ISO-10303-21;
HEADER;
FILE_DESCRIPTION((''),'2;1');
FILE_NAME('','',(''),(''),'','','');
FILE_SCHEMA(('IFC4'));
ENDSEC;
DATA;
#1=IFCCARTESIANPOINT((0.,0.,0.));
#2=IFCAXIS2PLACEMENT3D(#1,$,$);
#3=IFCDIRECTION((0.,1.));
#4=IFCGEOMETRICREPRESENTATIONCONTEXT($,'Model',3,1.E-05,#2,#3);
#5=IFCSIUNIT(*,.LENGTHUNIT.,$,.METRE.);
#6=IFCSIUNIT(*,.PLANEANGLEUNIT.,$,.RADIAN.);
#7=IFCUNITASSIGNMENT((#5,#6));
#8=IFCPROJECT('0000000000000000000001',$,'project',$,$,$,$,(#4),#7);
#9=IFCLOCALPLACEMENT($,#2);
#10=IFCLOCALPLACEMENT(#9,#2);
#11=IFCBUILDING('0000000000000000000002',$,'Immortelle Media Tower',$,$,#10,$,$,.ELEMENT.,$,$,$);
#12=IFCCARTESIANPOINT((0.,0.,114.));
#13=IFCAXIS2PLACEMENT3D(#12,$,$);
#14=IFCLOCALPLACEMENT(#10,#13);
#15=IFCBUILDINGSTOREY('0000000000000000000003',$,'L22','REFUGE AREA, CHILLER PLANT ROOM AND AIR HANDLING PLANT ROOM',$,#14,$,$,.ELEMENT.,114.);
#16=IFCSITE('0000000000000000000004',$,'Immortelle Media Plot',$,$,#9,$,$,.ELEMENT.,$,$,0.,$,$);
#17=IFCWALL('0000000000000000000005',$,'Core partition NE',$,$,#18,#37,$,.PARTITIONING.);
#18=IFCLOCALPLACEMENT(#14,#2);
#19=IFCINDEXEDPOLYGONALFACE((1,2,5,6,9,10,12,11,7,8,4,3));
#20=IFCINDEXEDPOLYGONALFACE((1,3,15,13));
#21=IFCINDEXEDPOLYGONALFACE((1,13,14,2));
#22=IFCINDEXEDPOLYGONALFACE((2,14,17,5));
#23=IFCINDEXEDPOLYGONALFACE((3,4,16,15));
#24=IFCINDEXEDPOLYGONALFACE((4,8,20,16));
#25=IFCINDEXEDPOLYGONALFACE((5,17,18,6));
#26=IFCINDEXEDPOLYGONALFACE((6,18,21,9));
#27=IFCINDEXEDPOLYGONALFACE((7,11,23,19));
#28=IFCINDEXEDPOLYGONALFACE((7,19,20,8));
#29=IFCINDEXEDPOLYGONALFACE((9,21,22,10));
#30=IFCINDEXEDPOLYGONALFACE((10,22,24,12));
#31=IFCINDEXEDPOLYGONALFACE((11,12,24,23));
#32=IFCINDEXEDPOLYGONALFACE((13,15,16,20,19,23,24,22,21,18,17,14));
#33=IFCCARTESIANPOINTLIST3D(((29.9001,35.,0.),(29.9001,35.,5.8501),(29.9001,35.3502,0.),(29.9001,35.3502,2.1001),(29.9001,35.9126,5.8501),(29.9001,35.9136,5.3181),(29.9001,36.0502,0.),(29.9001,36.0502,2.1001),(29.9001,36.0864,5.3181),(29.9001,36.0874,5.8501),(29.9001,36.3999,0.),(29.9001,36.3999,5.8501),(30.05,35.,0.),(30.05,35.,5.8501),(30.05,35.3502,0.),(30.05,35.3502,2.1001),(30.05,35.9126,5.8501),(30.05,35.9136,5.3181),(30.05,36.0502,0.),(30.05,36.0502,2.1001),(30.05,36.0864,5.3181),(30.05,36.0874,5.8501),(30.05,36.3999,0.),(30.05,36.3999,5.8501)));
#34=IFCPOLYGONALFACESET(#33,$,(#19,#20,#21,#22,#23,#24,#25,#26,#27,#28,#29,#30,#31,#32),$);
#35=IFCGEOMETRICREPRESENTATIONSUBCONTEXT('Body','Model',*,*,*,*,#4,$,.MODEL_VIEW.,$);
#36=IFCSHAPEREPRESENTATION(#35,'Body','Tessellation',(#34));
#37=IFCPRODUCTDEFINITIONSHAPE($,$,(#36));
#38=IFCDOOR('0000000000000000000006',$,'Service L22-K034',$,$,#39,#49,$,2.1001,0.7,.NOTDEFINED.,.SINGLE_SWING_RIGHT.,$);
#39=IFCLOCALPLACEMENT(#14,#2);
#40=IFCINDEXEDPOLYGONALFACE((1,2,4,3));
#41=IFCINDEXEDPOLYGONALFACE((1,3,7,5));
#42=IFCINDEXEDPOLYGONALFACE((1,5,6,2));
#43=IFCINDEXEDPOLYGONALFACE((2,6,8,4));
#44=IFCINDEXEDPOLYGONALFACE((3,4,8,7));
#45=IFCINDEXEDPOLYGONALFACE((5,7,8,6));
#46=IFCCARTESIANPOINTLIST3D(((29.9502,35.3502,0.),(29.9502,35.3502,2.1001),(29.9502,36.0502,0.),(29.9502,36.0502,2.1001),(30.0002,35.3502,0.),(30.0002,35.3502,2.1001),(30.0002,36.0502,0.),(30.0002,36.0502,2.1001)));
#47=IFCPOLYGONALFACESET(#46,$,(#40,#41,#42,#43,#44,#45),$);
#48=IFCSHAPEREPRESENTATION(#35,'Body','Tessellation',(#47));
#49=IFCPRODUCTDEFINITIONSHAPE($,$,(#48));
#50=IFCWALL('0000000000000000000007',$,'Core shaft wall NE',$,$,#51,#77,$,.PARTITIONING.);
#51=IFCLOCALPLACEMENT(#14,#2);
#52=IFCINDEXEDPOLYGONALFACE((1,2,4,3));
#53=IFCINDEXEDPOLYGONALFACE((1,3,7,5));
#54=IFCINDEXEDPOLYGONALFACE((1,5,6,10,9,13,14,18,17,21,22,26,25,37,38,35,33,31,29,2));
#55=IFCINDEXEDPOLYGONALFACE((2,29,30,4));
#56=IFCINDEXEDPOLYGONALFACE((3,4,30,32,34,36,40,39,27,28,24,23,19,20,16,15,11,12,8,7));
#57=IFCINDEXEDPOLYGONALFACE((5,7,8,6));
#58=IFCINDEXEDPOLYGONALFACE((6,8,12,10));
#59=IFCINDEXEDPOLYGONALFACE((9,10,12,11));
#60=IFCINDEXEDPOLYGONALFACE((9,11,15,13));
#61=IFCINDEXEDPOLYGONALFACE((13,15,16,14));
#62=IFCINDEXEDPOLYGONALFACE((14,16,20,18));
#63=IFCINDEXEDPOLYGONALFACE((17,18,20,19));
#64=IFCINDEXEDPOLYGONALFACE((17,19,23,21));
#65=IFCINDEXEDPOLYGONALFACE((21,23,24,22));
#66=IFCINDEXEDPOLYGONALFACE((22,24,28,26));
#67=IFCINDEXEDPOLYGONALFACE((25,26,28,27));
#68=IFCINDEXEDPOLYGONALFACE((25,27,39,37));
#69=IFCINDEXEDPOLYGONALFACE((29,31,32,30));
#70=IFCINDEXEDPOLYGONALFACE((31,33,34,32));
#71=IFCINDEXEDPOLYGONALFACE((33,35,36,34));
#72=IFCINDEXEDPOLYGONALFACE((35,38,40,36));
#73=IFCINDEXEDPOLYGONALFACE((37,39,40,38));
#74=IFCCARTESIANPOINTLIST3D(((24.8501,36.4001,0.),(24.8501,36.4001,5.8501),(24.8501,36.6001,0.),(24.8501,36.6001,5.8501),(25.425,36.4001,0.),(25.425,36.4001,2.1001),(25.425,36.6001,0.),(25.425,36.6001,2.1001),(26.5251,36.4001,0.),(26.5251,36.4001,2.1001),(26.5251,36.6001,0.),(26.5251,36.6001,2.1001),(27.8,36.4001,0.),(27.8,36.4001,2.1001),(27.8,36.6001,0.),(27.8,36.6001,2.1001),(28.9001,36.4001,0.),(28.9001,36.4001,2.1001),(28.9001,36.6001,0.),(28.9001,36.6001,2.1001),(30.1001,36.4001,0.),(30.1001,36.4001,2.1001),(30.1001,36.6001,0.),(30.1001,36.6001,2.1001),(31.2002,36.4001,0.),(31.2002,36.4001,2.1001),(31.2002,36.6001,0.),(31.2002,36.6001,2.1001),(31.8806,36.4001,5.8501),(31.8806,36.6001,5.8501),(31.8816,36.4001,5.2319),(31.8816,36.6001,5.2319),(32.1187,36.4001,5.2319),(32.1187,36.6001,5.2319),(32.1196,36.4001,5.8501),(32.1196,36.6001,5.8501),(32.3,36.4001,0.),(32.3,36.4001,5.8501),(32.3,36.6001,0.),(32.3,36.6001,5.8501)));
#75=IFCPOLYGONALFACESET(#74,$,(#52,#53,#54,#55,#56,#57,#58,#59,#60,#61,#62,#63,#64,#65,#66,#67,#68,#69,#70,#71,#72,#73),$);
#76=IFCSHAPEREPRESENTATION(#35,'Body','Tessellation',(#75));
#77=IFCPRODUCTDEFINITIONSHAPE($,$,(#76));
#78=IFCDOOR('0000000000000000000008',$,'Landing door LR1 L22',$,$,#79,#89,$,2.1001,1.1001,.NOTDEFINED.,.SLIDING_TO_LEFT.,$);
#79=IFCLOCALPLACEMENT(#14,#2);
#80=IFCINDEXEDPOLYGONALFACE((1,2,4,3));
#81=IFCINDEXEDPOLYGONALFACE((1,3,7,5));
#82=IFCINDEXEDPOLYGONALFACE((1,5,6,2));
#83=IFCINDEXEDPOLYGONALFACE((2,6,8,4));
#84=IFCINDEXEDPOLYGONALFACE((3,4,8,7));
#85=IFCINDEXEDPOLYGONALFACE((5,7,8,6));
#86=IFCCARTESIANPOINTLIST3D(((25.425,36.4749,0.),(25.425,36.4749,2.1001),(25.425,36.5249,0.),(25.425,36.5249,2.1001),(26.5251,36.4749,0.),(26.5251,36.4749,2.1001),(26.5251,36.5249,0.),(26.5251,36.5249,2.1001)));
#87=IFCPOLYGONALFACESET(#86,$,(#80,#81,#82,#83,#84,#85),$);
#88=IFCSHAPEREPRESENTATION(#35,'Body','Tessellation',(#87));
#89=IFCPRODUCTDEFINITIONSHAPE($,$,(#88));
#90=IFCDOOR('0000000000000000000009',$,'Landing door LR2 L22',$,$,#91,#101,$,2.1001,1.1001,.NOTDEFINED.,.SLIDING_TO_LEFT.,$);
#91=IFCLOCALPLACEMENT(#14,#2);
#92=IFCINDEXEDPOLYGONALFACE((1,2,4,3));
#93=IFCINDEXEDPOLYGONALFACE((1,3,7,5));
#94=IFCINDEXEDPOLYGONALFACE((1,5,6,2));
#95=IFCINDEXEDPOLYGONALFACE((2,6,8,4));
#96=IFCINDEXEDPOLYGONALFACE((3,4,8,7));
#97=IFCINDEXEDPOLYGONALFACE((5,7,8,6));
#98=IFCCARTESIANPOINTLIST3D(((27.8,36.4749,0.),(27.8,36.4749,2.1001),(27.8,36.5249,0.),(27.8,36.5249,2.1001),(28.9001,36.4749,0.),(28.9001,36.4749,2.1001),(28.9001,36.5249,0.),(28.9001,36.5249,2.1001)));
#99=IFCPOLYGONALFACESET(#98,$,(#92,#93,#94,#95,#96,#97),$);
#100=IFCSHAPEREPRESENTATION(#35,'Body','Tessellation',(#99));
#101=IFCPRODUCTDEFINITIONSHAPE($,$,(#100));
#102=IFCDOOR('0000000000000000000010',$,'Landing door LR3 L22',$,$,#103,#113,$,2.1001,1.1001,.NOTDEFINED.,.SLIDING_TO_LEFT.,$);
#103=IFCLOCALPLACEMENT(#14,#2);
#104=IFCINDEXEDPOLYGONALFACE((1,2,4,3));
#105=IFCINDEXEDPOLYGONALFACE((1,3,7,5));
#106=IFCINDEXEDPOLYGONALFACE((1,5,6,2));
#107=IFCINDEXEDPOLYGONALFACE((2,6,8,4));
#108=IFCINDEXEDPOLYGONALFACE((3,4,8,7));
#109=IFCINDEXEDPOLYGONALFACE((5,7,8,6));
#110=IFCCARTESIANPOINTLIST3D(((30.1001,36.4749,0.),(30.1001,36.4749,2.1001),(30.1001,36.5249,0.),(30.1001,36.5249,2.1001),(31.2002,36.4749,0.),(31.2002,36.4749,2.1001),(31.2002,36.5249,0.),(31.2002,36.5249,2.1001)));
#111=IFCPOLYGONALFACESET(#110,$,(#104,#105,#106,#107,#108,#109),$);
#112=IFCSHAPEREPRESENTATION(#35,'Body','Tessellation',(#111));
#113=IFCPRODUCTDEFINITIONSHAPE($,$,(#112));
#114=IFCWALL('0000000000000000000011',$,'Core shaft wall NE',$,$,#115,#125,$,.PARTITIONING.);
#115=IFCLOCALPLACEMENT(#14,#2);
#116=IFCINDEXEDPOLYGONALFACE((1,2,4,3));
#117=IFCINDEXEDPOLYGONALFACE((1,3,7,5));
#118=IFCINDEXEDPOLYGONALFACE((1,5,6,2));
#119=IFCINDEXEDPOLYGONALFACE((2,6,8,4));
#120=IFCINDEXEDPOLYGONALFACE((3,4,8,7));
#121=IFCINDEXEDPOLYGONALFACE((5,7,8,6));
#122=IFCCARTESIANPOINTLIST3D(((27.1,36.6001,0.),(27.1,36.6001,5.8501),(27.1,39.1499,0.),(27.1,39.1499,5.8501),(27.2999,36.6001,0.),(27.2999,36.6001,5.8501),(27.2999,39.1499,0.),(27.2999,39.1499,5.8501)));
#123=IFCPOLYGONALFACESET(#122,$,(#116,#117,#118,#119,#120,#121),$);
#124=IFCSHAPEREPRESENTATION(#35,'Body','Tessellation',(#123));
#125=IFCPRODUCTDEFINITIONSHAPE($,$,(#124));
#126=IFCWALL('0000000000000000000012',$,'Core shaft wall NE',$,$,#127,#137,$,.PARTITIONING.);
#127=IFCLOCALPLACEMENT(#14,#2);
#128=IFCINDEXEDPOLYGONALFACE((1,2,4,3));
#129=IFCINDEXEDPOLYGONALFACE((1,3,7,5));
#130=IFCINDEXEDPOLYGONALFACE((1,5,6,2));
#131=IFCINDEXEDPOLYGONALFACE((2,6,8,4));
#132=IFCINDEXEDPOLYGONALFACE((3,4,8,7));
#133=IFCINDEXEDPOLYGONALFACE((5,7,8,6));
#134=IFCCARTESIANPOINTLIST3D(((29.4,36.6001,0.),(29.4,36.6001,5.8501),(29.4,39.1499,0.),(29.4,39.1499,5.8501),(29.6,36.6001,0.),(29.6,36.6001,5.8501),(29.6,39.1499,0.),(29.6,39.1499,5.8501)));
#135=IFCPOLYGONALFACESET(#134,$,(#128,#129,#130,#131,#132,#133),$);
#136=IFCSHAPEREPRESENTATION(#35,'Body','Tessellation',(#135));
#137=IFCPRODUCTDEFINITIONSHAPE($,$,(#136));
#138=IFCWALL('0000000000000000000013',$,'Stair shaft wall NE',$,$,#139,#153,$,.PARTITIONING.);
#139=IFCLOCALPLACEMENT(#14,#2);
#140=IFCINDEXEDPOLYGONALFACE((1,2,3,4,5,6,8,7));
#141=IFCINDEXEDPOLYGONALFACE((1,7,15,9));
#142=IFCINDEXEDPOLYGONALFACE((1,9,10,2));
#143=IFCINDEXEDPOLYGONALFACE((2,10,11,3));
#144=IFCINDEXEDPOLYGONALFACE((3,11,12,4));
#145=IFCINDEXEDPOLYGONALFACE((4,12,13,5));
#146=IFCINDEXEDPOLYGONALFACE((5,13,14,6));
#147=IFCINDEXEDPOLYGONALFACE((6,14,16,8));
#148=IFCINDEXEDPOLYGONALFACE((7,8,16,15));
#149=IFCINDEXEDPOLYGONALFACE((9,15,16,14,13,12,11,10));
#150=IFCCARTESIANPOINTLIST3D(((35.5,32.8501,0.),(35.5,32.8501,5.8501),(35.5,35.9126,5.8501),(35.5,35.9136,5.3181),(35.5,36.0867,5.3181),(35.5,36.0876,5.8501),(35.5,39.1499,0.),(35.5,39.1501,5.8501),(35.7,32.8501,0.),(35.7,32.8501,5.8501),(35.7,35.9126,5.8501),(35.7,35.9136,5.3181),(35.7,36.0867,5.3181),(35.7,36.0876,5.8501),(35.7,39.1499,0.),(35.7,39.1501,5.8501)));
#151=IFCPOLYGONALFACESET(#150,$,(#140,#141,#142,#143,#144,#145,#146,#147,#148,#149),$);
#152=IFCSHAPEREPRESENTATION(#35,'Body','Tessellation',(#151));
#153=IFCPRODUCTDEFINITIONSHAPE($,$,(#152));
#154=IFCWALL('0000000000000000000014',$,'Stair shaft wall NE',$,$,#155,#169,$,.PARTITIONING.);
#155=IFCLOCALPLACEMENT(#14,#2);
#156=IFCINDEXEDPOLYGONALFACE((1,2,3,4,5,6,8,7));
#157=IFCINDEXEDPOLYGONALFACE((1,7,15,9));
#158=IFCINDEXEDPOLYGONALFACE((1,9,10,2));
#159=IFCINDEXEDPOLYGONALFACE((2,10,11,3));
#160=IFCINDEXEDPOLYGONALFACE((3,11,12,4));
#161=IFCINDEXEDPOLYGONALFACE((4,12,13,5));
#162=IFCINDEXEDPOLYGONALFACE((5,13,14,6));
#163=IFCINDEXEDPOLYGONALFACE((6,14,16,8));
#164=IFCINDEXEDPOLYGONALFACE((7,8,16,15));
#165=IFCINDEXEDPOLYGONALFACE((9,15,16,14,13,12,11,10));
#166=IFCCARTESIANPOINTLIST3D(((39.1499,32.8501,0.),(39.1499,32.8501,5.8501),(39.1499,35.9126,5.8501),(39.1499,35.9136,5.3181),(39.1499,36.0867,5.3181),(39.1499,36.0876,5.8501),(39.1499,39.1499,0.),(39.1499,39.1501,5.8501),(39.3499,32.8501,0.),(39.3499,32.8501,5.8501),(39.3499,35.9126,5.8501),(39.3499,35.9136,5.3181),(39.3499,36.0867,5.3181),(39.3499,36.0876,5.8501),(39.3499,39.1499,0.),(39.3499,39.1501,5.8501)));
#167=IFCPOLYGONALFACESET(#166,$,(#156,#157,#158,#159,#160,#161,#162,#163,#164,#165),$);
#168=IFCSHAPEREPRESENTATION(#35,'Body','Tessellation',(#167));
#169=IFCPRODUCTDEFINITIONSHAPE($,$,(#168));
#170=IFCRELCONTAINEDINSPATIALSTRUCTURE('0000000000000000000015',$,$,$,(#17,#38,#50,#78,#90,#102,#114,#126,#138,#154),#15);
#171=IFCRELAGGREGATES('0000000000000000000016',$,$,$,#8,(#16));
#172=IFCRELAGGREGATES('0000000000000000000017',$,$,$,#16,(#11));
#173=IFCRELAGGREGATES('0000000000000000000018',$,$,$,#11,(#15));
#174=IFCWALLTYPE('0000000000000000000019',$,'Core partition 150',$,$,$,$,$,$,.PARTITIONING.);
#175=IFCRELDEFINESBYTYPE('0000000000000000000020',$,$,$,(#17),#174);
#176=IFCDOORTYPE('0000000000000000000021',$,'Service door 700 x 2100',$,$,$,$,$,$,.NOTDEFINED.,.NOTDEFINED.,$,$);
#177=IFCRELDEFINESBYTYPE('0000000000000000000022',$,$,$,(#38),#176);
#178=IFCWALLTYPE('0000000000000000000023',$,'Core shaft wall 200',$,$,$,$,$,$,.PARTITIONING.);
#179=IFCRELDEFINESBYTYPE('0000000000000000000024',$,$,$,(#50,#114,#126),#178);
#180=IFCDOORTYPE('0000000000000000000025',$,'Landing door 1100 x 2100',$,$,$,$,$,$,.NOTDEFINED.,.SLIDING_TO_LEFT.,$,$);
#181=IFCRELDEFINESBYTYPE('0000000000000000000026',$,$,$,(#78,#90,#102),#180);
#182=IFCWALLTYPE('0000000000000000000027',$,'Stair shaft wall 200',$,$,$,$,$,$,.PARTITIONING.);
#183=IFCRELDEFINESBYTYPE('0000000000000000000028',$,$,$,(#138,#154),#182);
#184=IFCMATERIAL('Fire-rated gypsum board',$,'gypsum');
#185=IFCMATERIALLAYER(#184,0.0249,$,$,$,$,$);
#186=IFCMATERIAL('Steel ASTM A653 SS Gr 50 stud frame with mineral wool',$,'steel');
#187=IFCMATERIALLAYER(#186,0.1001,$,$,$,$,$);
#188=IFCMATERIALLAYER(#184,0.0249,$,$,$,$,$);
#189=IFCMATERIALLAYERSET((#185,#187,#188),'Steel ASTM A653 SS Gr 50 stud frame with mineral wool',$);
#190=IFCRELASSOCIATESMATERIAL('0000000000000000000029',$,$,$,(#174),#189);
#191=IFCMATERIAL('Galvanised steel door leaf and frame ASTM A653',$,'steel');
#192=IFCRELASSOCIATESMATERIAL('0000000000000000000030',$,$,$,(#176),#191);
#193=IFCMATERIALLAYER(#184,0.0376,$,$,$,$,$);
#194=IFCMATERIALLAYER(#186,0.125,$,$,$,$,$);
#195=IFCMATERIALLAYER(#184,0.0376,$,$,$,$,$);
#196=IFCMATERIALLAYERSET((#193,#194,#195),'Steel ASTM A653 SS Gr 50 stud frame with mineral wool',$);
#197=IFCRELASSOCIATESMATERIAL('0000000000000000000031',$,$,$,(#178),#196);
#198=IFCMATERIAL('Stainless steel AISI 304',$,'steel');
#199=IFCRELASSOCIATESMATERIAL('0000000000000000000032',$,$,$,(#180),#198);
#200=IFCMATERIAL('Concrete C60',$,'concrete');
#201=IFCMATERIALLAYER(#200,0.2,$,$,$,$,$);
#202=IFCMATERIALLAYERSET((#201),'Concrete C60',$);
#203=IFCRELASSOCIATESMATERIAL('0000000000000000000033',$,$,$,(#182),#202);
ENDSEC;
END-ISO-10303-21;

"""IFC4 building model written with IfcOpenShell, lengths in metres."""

from ifc_helpers import new_model, si_unit, direction, frame, frame_2d, origin, place, context, subcontext, project, spatial, polyline, rectangle, outline, extrude, material, layer, layer_set, type_object, element, fill, save


model = new_model("IFC4")

# Units and contexts
model_context = context("Model", 3, precision=1e-05, world=origin(), true_north=direction((0.0, 1.0)))
body_context = subcontext(model_context, "Body", "Model", "MODEL_VIEW")
ifc_project = project(units=[si_unit("LENGTHUNIT", "METRE"), si_unit("PLANEANGLEUNIT", "RADIAN")], contexts=[model_context])

# Site, building, storey
site_placement = place(None, origin())
site = spatial("IfcSite", under=ifc_project, at=site_placement, Name="Immortelle Media Plot", CompositionType="ELEMENT", RefElevation=0.0)
building_placement = place(site_placement, origin())
building = spatial("IfcBuilding", under=site, at=building_placement, Name="Immortelle Media Tower", CompositionType="ELEMENT")
storey_placement = place(building_placement, frame((0.0, 0.0, 114.0)))
storey = spatial("IfcBuildingStorey", under=building, at=storey_placement, Name="L22", Description="REFUGE AREA, CHILLER PLANT ROOM AND AIR HANDLING PLANT ROOM", CompositionType="ELEMENT", Elevation=114.0)

# Shared definitions
ifc_material_1 = material(Name="Fire-rated gypsum board", Category="gypsum")
ifc_layer_1 = layer(ifc_material_1, 0.0249)
ifc_material_2 = material(Name="Steel ASTM A653 SS Gr 50 stud frame with mineral wool", Category="steel")
ifc_layer_2 = layer(ifc_material_2, 0.1001)
ifc_layer_3 = layer(ifc_material_1, 0.0249)
ifc_layer_set_1 = layer_set([ifc_layer_1, ifc_layer_2, ifc_layer_3], Name="Steel ASTM A653 SS Gr 50 stud frame with mineral wool")
wall_type_1 = type_object("IfcWallType", Name="Core partition 150", PredefinedType="PARTITIONING", material=ifc_layer_set_1)

# Shared definitions
ifc_material_3 = material(Name="Galvanised steel door leaf and frame ASTM A653", Category="steel")

# Wall, opening, door
wall_1_placement = place(storey_placement, frame((29.9751, 35.0, 0.0), z_axis=(0.0, 0.0, 1.0), x_axis=(0.0, 1.0, 0.0)))
wall_1 = element("IfcWall", 1, at=wall_1_placement, inside=storey, type_object=wall_type_1, Name="Core partition NE", PredefinedType="PARTITIONING", context=body_context, shape_type="SweptSolid", body=[
    extrude(outline(polyline([(0.0, 0.0), (1.3999, 0.0), (1.3999, 5.8501), (1.0874, 5.8501), (1.0864, 5.3181), (0.9136, 5.3181), (0.9126, 5.8501), (0.0, 5.8501), (0.0, 0.0)])), frame((0.0, 0.075, 0.0), z_axis=(0.0, -1.0, 0.0), x_axis=(1.0, 0.0, 0.0)), (0.0, 0.0, 1.0), 0.1499),
])
opening_1_placement = place(wall_1_placement, frame((0.3501, 0.0, 0.0)))
opening_1 = element("IfcOpeningElement", 2, at=opening_1_placement, cuts=wall_1, PredefinedType="OPENING", context=body_context, shape_type="SweptSolid", body=[
    extrude(rectangle(XDim=0.7, YDim=2.1001, at=frame_2d((0.3501, 1.05))), frame((0.0, 0.085, 0.0), z_axis=(0.0, -1.0, 0.0), x_axis=(1.0, 0.0, 0.0)), (0.0, 0.0, 1.0), 0.1699),
])
door_type_1 = type_object("IfcDoorType", Name="Service door 700 x 2100", OperationType="NOTDEFINED", PredefinedType="NOTDEFINED", material=ifc_material_3)
door_1_placement = place(opening_1_placement, origin())
door_1 = element("IfcDoor", 3, at=door_1_placement, inside=storey, type_object=door_type_1, Name="Service L22-K034", OperationType="SINGLE_SWING_RIGHT", OverallHeight=2.1001, OverallWidth=0.7, PredefinedType="NOTDEFINED", context=body_context, shape_type="SweptSolid", body=[
    extrude(rectangle(XDim=0.7, YDim=2.1001, at=frame_2d((0.3501, 1.05))), frame((0.0, 0.0249, 0.0), z_axis=(0.0, -1.0, 0.0), x_axis=(1.0, 0.0, 0.0)), (0.0, 0.0, 1.0), 0.05),
])
fill(opening_1, door_1)

# Wall, openings, doors
ifc_layer_4 = layer(ifc_material_1, 0.0376)
ifc_layer_5 = layer(ifc_material_2, 0.125)
ifc_layer_6 = layer(ifc_material_1, 0.0376)
ifc_layer_set_2 = layer_set([ifc_layer_4, ifc_layer_5, ifc_layer_6], Name="Steel ASTM A653 SS Gr 50 stud frame with mineral wool")
wall_type_2 = type_object("IfcWallType", Name="Core shaft wall 200", PredefinedType="PARTITIONING", material=ifc_layer_set_2)
wall_2_placement = place(storey_placement, frame((24.8501, 36.5, 0.0), z_axis=(0.0, 0.0, 1.0), x_axis=(1.0, 0.0, 0.0)))
wall_2 = element("IfcWall", 4, at=wall_2_placement, inside=storey, type_object=wall_type_2, Name="Core shaft wall NE", PredefinedType="PARTITIONING", context=body_context, shape_type="SweptSolid", body=[
    extrude(outline(polyline([(0.0, 0.0), (7.45, 0.0), (7.45, 5.8501), (7.2695, 5.8501), (7.2686, 5.2319), (7.0315, 5.2319), (7.0305, 5.8501), (0.0, 5.8501), (0.0, 0.0)])), frame((0.0, 0.1001, 0.0), z_axis=(0.0, -1.0, 0.0), x_axis=(1.0, 0.0, 0.0)), (0.0, 0.0, 1.0), 0.2),
])
opening_2_placement = place(wall_2_placement, frame((0.575, 0.0, 0.0)))
opening_2 = element("IfcOpeningElement", 5, at=opening_2_placement, cuts=wall_2, PredefinedType="OPENING", context=body_context, shape_type="SweptSolid", body=[
    extrude(rectangle(XDim=1.1001, YDim=2.1001, at=frame_2d((0.55, 1.05))), frame((0.0, 0.1099, 0.0), z_axis=(0.0, -1.0, 0.0), x_axis=(1.0, 0.0, 0.0)), (0.0, 0.0, 1.0), 0.22),
])
opening_3_placement = place(wall_2_placement, frame((2.95, 0.0, 0.0)))
opening_3 = element("IfcOpeningElement", 6, at=opening_3_placement, cuts=wall_2, PredefinedType="OPENING", context=body_context, shape_type="SweptSolid", body=[
    extrude(rectangle(XDim=1.1001, YDim=2.1001, at=frame_2d((0.55, 1.05))), frame((0.0, 0.1099, 0.0), z_axis=(0.0, -1.0, 0.0), x_axis=(1.0, 0.0, 0.0)), (0.0, 0.0, 1.0), 0.22),
])
opening_4_placement = place(wall_2_placement, frame((5.25, 0.0, 0.0)))
opening_4 = element("IfcOpeningElement", 7, at=opening_4_placement, cuts=wall_2, PredefinedType="OPENING", context=body_context, shape_type="SweptSolid", body=[
    extrude(rectangle(XDim=1.1001, YDim=2.1001, at=frame_2d((0.55, 1.05))), frame((0.0, 0.1099, 0.0), z_axis=(0.0, -1.0, 0.0), x_axis=(1.0, 0.0, 0.0)), (0.0, 0.0, 1.0), 0.22),
])
ifc_material_4 = material(Name="Stainless steel AISI 304", Category="steel")
door_type_2 = type_object("IfcDoorType", Name="Landing door 1100 x 2100", OperationType="SLIDING_TO_LEFT", PredefinedType="NOTDEFINED", material=ifc_material_4)
door_2_placement = place(opening_2_placement, origin())
door_2 = element("IfcDoor", 8, at=door_2_placement, inside=storey, type_object=door_type_2, Name="Landing door LR1 L22", OperationType="SLIDING_TO_LEFT", OverallHeight=2.1001, OverallWidth=1.1001, PredefinedType="NOTDEFINED", context=body_context, shape_type="SweptSolid", body=[
    extrude(rectangle(XDim=1.1001, YDim=2.1001, at=frame_2d((0.55, 1.05))), frame((0.0, 0.0249, 0.0), z_axis=(0.0, -1.0, 0.0), x_axis=(1.0, 0.0, 0.0)), (0.0, 0.0, 1.0), 0.05),
])
fill(opening_2, door_2)
door_3_placement = place(opening_3_placement, origin())
door_3 = element("IfcDoor", 9, at=door_3_placement, inside=storey, type_object=door_type_2, Name="Landing door LR2 L22", OperationType="SLIDING_TO_LEFT", OverallHeight=2.1001, OverallWidth=1.1001, PredefinedType="NOTDEFINED", context=body_context, shape_type="SweptSolid", body=[
    extrude(rectangle(XDim=1.1001, YDim=2.1001, at=frame_2d((0.55, 1.05))), frame((0.0, 0.0249, 0.0), z_axis=(0.0, -1.0, 0.0), x_axis=(1.0, 0.0, 0.0)), (0.0, 0.0, 1.0), 0.05),
])
fill(opening_3, door_3)
door_4_placement = place(opening_4_placement, origin())
door_4 = element("IfcDoor", 10, at=door_4_placement, inside=storey, type_object=door_type_2, Name="Landing door LR3 L22", OperationType="SLIDING_TO_LEFT", OverallHeight=2.1001, OverallWidth=1.1001, PredefinedType="NOTDEFINED", context=body_context, shape_type="SweptSolid", body=[
    extrude(rectangle(XDim=1.1001, YDim=2.1001, at=frame_2d((0.55, 1.05))), frame((0.0, 0.0249, 0.0), z_axis=(0.0, -1.0, 0.0), x_axis=(1.0, 0.0, 0.0)), (0.0, 0.0, 1.0), 0.05),
])
fill(opening_4, door_4)

# Walls
for number, where, z_axis, x_axis, name in (
    (11, (27.2, 36.6001, 0.0), (0.0, 0.0, 1.0), (0.0, 1.0, 0.0), "Core shaft wall NE"),
    (12, (29.5, 36.6001, 0.0), (0.0, 0.0, 1.0), (0.0, 1.0, 0.0), "Core shaft wall NE"),
):
    element("IfcWall", number, at=place(storey_placement, frame(where, z_axis=z_axis, x_axis=x_axis)), inside=storey, type_object=wall_type_2, Name=name, PredefinedType="PARTITIONING", context=body_context, shape_type="SweptSolid", body=[
        extrude(rectangle(XDim=2.5498, YDim=0.2, at=frame_2d((1.2749, 0.0))), origin(), (0.0, 0.0, 1.0), 5.8501),
    ])
ifc_material_5 = material(Name="Concrete C60", Category="concrete")
ifc_layer_7 = layer(ifc_material_5, 0.2)
ifc_layer_set_3 = layer_set([ifc_layer_7], Name="Concrete C60")
wall_type_3 = type_object("IfcWallType", Name="Stair shaft wall 200", PredefinedType="PARTITIONING", material=ifc_layer_set_3)
for number, where, z_axis, x_axis, name in (
    (13, (35.6001, 32.8501, 0.0), (0.0, 0.0, 1.0), (0.0, 1.0, 0.0), "Stair shaft wall NE"),
    (14, (39.25, 32.8501, 0.0), (0.0, 0.0, 1.0), (0.0, 1.0, 0.0), "Stair shaft wall NE"),
):
    element("IfcWall", number, at=place(storey_placement, frame(where, z_axis=z_axis, x_axis=x_axis)), inside=storey, type_object=wall_type_3, Name=name, PredefinedType="PARTITIONING", context=body_context, shape_type="SweptSolid", body=[
        extrude(outline(polyline([(0.0, 0.0), (6.2998, 0.0), (6.3, 5.8501), (3.2375, 5.8501), (3.2366, 5.3181), (3.0635, 5.3181), (3.0625, 5.8501), (0.0, 5.8501), (0.0, 0.0)])), frame((0.0, 0.1001, 0.0), z_axis=(0.0, -1.0, 0.0), x_axis=(1.0, 0.0, 0.0)), (0.0, 0.0, 1.0), 0.2),
    ])

save(model, "model.ifc")
